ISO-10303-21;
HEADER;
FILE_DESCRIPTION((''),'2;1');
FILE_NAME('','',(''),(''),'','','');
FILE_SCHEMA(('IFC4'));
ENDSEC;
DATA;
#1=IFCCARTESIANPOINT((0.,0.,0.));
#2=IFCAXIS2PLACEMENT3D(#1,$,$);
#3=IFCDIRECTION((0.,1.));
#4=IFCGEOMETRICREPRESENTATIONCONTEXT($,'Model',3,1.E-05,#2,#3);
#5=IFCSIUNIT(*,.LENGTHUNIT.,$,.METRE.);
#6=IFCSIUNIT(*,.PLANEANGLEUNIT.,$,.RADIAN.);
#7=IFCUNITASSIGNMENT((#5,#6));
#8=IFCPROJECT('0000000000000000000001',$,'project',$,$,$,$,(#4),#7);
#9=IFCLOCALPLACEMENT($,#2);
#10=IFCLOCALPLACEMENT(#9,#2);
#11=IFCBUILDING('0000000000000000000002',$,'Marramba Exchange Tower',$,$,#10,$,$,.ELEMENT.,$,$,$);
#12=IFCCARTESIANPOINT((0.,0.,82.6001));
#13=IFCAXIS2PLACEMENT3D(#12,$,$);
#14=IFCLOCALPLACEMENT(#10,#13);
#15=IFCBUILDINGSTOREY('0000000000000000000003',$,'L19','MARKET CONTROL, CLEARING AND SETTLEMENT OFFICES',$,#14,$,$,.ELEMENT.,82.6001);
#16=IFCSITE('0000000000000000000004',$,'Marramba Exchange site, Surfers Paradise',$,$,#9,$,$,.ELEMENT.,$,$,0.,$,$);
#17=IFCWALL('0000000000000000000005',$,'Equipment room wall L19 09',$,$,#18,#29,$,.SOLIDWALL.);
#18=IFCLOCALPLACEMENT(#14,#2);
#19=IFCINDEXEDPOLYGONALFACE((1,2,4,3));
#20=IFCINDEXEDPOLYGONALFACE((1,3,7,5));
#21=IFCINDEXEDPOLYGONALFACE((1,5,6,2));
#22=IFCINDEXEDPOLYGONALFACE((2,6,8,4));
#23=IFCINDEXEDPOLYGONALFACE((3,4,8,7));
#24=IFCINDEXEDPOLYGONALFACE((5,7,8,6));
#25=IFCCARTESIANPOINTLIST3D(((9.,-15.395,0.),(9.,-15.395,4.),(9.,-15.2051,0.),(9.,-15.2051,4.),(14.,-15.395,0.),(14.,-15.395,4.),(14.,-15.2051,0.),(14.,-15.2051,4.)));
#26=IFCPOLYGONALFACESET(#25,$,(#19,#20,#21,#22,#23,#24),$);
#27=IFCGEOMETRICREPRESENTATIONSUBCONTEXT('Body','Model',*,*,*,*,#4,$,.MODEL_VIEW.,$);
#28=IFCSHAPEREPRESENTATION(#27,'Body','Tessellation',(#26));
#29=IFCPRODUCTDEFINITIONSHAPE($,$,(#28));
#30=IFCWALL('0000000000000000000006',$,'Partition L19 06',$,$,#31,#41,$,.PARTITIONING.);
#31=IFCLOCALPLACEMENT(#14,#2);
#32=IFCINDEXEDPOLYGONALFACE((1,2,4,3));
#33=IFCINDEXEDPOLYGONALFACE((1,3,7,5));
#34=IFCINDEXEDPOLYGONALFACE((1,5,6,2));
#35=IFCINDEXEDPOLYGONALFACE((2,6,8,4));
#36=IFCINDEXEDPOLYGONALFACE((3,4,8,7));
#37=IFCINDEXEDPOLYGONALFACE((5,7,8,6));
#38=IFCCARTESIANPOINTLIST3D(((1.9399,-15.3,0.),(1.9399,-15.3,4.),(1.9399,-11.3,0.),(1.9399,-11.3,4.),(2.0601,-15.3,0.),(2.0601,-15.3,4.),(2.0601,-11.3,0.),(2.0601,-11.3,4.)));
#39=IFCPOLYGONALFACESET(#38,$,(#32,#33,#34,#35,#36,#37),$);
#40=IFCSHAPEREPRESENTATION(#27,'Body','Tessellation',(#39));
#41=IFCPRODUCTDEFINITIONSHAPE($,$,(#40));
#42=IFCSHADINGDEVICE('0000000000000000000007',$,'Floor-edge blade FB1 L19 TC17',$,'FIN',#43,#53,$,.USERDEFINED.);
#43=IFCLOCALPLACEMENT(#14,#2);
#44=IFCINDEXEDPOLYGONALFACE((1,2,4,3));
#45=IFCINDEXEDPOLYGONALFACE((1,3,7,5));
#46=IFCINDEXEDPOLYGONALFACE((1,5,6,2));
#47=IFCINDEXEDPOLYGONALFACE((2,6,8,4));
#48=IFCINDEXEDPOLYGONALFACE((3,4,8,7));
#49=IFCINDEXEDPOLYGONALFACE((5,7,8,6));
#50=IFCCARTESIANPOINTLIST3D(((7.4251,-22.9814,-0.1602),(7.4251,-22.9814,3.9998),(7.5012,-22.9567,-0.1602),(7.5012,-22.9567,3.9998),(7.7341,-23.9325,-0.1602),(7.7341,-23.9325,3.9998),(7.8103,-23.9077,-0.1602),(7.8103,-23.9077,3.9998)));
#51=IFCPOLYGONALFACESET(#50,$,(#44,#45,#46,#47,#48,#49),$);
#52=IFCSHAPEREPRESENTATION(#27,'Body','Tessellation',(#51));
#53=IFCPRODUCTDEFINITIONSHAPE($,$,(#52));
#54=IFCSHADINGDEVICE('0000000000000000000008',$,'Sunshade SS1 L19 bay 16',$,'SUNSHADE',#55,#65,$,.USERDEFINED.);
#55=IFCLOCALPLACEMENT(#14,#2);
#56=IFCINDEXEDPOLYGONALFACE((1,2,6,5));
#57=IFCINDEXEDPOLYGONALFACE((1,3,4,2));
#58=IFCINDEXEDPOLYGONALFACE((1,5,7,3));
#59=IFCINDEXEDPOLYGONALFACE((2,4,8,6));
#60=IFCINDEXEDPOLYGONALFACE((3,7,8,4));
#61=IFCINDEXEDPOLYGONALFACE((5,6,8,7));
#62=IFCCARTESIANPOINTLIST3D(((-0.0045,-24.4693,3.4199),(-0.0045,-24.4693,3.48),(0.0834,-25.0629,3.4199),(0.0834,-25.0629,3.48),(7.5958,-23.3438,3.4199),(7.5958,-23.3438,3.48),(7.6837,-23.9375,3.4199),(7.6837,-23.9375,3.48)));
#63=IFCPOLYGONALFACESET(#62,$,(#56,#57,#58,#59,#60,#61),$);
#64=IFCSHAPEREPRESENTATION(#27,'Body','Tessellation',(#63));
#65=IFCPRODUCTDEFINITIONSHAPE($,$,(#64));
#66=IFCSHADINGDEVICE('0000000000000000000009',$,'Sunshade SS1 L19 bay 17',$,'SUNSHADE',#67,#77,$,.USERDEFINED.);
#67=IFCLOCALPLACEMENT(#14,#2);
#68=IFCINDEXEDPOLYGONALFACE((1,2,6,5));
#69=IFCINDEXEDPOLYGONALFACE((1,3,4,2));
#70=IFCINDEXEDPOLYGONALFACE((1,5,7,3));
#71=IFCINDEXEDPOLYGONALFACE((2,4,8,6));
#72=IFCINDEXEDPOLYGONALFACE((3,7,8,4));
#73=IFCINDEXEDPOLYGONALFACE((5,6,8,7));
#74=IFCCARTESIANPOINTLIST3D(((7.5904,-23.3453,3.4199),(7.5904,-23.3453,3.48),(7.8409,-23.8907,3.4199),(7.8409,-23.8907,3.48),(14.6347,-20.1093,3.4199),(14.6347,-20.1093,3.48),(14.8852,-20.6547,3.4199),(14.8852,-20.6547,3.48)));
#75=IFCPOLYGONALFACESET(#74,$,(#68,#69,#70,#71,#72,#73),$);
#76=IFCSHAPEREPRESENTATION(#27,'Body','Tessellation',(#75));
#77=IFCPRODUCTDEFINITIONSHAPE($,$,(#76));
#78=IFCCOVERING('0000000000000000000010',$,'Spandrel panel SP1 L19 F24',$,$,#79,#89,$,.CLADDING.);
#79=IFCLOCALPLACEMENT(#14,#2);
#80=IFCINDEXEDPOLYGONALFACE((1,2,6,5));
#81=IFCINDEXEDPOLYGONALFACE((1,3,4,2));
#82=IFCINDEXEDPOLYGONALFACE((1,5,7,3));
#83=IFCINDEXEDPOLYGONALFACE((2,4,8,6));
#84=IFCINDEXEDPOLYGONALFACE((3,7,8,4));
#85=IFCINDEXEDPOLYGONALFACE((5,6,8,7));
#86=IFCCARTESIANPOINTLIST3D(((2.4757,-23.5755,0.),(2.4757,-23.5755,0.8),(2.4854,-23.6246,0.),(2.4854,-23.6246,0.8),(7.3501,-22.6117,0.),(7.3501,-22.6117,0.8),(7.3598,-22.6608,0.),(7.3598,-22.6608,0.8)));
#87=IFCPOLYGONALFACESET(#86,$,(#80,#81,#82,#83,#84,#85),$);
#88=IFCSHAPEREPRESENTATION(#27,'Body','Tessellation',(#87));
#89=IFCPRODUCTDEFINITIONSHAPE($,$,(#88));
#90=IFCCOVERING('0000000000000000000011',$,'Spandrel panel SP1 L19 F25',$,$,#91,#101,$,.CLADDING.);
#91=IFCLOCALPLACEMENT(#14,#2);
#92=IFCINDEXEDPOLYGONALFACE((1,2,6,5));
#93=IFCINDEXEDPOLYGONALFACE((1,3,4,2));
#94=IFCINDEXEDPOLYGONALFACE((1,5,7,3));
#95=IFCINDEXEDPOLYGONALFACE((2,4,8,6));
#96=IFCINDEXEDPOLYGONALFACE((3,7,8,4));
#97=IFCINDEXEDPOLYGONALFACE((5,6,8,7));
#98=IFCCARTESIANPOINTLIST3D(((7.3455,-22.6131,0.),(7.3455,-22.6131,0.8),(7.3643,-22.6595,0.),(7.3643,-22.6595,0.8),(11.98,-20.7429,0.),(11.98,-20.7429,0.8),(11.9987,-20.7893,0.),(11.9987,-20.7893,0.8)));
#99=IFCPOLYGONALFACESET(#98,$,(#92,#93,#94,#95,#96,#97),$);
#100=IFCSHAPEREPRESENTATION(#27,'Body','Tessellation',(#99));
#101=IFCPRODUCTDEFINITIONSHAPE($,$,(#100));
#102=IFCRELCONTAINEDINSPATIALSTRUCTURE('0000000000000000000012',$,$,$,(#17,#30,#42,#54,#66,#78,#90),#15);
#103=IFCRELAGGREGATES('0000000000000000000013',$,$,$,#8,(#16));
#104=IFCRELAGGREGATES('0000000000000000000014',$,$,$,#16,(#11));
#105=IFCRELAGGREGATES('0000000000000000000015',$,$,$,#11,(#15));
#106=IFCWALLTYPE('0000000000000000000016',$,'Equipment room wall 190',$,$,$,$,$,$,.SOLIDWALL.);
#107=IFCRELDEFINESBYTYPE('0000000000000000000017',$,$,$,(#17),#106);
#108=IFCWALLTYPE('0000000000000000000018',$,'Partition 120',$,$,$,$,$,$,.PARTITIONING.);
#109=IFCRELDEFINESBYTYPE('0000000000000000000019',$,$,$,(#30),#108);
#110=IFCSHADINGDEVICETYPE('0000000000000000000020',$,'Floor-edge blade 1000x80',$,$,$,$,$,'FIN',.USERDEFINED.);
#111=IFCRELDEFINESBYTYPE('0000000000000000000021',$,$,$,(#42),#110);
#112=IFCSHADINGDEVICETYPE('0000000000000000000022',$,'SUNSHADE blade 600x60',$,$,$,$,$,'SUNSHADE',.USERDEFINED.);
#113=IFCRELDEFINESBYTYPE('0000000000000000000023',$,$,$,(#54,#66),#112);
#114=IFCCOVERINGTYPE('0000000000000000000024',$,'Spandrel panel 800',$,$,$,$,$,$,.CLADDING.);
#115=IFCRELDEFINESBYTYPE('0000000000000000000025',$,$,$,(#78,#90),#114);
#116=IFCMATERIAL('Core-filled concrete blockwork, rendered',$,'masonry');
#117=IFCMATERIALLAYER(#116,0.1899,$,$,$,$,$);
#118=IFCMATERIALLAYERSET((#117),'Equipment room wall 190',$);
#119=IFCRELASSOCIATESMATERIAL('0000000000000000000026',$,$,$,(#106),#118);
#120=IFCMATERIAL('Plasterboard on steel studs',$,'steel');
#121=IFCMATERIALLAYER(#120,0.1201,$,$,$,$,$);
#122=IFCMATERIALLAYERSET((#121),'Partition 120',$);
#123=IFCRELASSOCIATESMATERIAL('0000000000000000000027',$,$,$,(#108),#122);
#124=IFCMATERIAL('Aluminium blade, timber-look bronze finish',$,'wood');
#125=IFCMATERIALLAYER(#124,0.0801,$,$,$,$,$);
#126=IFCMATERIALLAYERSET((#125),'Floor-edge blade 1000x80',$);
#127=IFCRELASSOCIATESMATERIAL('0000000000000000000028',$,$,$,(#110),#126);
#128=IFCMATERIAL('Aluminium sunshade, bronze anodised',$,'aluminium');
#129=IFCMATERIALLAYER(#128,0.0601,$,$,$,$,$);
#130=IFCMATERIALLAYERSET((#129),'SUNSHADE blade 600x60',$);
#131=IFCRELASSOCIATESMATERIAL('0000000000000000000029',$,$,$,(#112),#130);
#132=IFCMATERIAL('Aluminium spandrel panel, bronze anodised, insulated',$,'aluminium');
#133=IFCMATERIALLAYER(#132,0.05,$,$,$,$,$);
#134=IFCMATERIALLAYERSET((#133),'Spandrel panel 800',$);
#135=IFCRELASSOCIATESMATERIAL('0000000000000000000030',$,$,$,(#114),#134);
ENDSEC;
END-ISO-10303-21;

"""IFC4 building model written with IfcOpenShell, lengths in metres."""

from ifc_helpers import new_model, si_unit, direction, frame, frame_2d, origin, origin_2d, place, context, subcontext, project, spatial, rectangle, extrude, material, layer, layer_set, type_object, element, save


model = new_model("IFC4")

# Units and contexts
model_context = context("Model", 3, precision=1e-05, world=origin(), true_north=direction((0.0, 1.0)))
body_context = subcontext(model_context, "Body", "Model", "MODEL_VIEW")
ifc_project = project(units=[si_unit("LENGTHUNIT", "METRE"), si_unit("PLANEANGLEUNIT", "RADIAN")], contexts=[model_context])

# Site, building, storey
site_placement = place(None, origin())
site = spatial("IfcSite", under=ifc_project, at=site_placement, Name="Marramba Exchange site, Surfers Paradise", CompositionType="ELEMENT", RefElevation=0.0)
building_placement = place(site_placement, origin())
building = spatial("IfcBuilding", under=site, at=building_placement, Name="Marramba Exchange Tower", CompositionType="ELEMENT")
storey_placement = place(building_placement, frame((0.0, 0.0, 82.6001)))
storey = spatial("IfcBuildingStorey", under=building, at=storey_placement, Name="L19", Description="MARKET CONTROL, CLEARING AND SETTLEMENT OFFICES", CompositionType="ELEMENT", Elevation=82.6001)

# Walls
ifc_material_1 = material(Name="Core-filled concrete blockwork, rendered", Category="masonry")
ifc_layer_1 = layer(ifc_material_1, 0.1899)
ifc_layer_set_1 = layer_set([ifc_layer_1], Name="Equipment room wall 190")
wall_type_1 = type_object("IfcWallType", Name="Equipment room wall 190", PredefinedType="SOLIDWALL", material=ifc_layer_set_1)
wall_1_placement = place(storey_placement, frame((9.0, -15.3, 0.0), z_axis=(0.0, 0.0, 1.0), x_axis=(1.0, 0.0, 0.0)))
element("IfcWall", 1, at=wall_1_placement, inside=storey, type_object=wall_type_1, Name="Equipment room wall L19 09", PredefinedType="SOLIDWALL", context=body_context, shape_type="SweptSolid", body=[
    extrude(rectangle(XDim=5.0, YDim=0.1899, at=frame_2d((2.5, 0.0))), origin(), (0.0, 0.0, 1.0), 4.0),
])
ifc_material_2 = material(Name="Plasterboard on steel studs", Category="steel")
ifc_layer_2 = layer(ifc_material_2, 0.1201)
ifc_layer_set_2 = layer_set([ifc_layer_2], Name="Partition 120")
wall_type_2 = type_object("IfcWallType", Name="Partition 120", PredefinedType="PARTITIONING", material=ifc_layer_set_2)
wall_2_placement = place(storey_placement, frame((2.0, -15.3, 0.0), z_axis=(0.0, 0.0, 1.0), x_axis=(0.0, 1.0, 0.0)))
element("IfcWall", 2, at=wall_2_placement, inside=storey, type_object=wall_type_2, Name="Partition L19 06", PredefinedType="PARTITIONING", context=body_context, shape_type="SweptSolid", body=[
    extrude(rectangle(XDim=4.0, YDim=0.1201, at=frame_2d((2.0, 0.0))), origin(), (0.0, 0.0, 1.0), 4.0),
])

# Shading devices
ifc_material_3 = material(Name="Aluminium blade, timber-look bronze finish", Category="wood")
ifc_layer_3 = layer(ifc_material_3, 0.0801)
ifc_layer_set_3 = layer_set([ifc_layer_3], Name="Floor-edge blade 1000x80")
shading_device_type_1 = type_object("IfcShadingDeviceType", Name="Floor-edge blade 1000x80", ElementType="FIN", PredefinedType="USERDEFINED", material=ifc_layer_set_3)
shading_device_1_placement = place(storey_placement, frame((7.6177, -23.4446, -0.1602), z_axis=(0.0, 0.0, 1.0), x_axis=(0.309017, -0.951057, 0.0)))
element("IfcShadingDevice", 3, at=shading_device_1_placement, inside=storey, type_object=shading_device_type_1, Name="Floor-edge blade FB1 L19 TC17", ObjectType="FIN", PredefinedType="USERDEFINED", context=body_context, shape_type="SweptSolid", body=[
    extrude(rectangle(XDim=1.0, YDim=0.0801, at=origin_2d()), origin(), (0.0, 0.0, 1.0), 4.1599),
])
ifc_material_4 = material(Name="Aluminium sunshade, bronze anodised", Category="aluminium")
ifc_layer_4 = layer(ifc_material_4, 0.0601)
ifc_layer_set_4 = layer_set([ifc_layer_4], Name="SUNSHADE blade 600x60")
shading_device_type_2 = type_object("IfcShadingDeviceType", Name="SUNSHADE blade 600x60", ElementType="SUNSHADE", PredefinedType="USERDEFINED", material=ifc_layer_set_4)
shading_device_2_placement = place(storey_placement, frame((3.8396, -24.2034, 3.4199), z_axis=(0.0, 0.0, 1.0), x_axis=(0.989213, 0.146485, 0.0)))
element("IfcShadingDevice", 4, at=shading_device_2_placement, inside=storey, type_object=shading_device_type_2, Name="Sunshade SS1 L19 bay 16", ObjectType="SUNSHADE", PredefinedType="USERDEFINED", context=body_context, shape_type="SweptSolid", body=[
    extrude(rectangle(XDim=7.6831, YDim=0.6001, at=origin_2d()), origin(), (0.0, 0.0, 1.0), 0.0601),
])
shading_device_3_placement = place(storey_placement, frame((11.2378, -22.0, 3.4199), z_axis=(0.0, 0.0, 1.0), x_axis=(0.908704, 0.417442, 0.0)))
element("IfcShadingDevice", 5, at=shading_device_3_placement, inside=storey, type_object=shading_device_type_2, Name="Sunshade SS1 L19 bay 17", ObjectType="SUNSHADE", PredefinedType="USERDEFINED", context=body_context, shape_type="SweptSolid", body=[
    extrude(rectangle(XDim=7.752, YDim=0.6001, at=origin_2d()), origin(), (0.0, 0.0, 1.0), 0.0601),
])

# Coverings
ifc_material_5 = material(Name="Aluminium spandrel panel, bronze anodised, insulated", Category="aluminium")
ifc_layer_5 = layer(ifc_material_5, 0.05)
ifc_layer_set_5 = layer_set([ifc_layer_5], Name="Spandrel panel 800")
covering_type = type_object("IfcCoveringType", Name="Spandrel panel 800", PredefinedType="CLADDING", material=ifc_layer_set_5)
covering_1_placement = place(storey_placement, frame((4.9177, -23.1182, 0.0), z_axis=(0.0, 0.0, 1.0), x_axis=(0.981009, 0.193961, 0.0)))
element("IfcCovering", 6, at=covering_1_placement, inside=storey, type_object=covering_type, Name="Spandrel panel SP1 L19 F24", PredefinedType="CLADDING", context=body_context, shape_type="SweptSolid", body=[
    extrude(rectangle(XDim=4.9688, YDim=0.05, at=origin_2d()), origin(), (0.0, 0.0, 1.0), 0.8),
])
covering_2_placement = place(storey_placement, frame((9.6721, -21.7012, 0.0), z_axis=(0.0, 0.0, 1.0), x_axis=(0.927341, 0.374218, 0.0)))
element("IfcCovering", 7, at=covering_2_placement, inside=storey, type_object=covering_type, Name="Spandrel panel SP1 L19 F25", PredefinedType="CLADDING", context=body_context, shape_type="SweptSolid", body=[
    extrude(rectangle(XDim=4.9976, YDim=0.05, at=origin_2d()), origin(), (0.0, 0.0, 1.0), 0.8),
])

save(model, "model.ifc")
